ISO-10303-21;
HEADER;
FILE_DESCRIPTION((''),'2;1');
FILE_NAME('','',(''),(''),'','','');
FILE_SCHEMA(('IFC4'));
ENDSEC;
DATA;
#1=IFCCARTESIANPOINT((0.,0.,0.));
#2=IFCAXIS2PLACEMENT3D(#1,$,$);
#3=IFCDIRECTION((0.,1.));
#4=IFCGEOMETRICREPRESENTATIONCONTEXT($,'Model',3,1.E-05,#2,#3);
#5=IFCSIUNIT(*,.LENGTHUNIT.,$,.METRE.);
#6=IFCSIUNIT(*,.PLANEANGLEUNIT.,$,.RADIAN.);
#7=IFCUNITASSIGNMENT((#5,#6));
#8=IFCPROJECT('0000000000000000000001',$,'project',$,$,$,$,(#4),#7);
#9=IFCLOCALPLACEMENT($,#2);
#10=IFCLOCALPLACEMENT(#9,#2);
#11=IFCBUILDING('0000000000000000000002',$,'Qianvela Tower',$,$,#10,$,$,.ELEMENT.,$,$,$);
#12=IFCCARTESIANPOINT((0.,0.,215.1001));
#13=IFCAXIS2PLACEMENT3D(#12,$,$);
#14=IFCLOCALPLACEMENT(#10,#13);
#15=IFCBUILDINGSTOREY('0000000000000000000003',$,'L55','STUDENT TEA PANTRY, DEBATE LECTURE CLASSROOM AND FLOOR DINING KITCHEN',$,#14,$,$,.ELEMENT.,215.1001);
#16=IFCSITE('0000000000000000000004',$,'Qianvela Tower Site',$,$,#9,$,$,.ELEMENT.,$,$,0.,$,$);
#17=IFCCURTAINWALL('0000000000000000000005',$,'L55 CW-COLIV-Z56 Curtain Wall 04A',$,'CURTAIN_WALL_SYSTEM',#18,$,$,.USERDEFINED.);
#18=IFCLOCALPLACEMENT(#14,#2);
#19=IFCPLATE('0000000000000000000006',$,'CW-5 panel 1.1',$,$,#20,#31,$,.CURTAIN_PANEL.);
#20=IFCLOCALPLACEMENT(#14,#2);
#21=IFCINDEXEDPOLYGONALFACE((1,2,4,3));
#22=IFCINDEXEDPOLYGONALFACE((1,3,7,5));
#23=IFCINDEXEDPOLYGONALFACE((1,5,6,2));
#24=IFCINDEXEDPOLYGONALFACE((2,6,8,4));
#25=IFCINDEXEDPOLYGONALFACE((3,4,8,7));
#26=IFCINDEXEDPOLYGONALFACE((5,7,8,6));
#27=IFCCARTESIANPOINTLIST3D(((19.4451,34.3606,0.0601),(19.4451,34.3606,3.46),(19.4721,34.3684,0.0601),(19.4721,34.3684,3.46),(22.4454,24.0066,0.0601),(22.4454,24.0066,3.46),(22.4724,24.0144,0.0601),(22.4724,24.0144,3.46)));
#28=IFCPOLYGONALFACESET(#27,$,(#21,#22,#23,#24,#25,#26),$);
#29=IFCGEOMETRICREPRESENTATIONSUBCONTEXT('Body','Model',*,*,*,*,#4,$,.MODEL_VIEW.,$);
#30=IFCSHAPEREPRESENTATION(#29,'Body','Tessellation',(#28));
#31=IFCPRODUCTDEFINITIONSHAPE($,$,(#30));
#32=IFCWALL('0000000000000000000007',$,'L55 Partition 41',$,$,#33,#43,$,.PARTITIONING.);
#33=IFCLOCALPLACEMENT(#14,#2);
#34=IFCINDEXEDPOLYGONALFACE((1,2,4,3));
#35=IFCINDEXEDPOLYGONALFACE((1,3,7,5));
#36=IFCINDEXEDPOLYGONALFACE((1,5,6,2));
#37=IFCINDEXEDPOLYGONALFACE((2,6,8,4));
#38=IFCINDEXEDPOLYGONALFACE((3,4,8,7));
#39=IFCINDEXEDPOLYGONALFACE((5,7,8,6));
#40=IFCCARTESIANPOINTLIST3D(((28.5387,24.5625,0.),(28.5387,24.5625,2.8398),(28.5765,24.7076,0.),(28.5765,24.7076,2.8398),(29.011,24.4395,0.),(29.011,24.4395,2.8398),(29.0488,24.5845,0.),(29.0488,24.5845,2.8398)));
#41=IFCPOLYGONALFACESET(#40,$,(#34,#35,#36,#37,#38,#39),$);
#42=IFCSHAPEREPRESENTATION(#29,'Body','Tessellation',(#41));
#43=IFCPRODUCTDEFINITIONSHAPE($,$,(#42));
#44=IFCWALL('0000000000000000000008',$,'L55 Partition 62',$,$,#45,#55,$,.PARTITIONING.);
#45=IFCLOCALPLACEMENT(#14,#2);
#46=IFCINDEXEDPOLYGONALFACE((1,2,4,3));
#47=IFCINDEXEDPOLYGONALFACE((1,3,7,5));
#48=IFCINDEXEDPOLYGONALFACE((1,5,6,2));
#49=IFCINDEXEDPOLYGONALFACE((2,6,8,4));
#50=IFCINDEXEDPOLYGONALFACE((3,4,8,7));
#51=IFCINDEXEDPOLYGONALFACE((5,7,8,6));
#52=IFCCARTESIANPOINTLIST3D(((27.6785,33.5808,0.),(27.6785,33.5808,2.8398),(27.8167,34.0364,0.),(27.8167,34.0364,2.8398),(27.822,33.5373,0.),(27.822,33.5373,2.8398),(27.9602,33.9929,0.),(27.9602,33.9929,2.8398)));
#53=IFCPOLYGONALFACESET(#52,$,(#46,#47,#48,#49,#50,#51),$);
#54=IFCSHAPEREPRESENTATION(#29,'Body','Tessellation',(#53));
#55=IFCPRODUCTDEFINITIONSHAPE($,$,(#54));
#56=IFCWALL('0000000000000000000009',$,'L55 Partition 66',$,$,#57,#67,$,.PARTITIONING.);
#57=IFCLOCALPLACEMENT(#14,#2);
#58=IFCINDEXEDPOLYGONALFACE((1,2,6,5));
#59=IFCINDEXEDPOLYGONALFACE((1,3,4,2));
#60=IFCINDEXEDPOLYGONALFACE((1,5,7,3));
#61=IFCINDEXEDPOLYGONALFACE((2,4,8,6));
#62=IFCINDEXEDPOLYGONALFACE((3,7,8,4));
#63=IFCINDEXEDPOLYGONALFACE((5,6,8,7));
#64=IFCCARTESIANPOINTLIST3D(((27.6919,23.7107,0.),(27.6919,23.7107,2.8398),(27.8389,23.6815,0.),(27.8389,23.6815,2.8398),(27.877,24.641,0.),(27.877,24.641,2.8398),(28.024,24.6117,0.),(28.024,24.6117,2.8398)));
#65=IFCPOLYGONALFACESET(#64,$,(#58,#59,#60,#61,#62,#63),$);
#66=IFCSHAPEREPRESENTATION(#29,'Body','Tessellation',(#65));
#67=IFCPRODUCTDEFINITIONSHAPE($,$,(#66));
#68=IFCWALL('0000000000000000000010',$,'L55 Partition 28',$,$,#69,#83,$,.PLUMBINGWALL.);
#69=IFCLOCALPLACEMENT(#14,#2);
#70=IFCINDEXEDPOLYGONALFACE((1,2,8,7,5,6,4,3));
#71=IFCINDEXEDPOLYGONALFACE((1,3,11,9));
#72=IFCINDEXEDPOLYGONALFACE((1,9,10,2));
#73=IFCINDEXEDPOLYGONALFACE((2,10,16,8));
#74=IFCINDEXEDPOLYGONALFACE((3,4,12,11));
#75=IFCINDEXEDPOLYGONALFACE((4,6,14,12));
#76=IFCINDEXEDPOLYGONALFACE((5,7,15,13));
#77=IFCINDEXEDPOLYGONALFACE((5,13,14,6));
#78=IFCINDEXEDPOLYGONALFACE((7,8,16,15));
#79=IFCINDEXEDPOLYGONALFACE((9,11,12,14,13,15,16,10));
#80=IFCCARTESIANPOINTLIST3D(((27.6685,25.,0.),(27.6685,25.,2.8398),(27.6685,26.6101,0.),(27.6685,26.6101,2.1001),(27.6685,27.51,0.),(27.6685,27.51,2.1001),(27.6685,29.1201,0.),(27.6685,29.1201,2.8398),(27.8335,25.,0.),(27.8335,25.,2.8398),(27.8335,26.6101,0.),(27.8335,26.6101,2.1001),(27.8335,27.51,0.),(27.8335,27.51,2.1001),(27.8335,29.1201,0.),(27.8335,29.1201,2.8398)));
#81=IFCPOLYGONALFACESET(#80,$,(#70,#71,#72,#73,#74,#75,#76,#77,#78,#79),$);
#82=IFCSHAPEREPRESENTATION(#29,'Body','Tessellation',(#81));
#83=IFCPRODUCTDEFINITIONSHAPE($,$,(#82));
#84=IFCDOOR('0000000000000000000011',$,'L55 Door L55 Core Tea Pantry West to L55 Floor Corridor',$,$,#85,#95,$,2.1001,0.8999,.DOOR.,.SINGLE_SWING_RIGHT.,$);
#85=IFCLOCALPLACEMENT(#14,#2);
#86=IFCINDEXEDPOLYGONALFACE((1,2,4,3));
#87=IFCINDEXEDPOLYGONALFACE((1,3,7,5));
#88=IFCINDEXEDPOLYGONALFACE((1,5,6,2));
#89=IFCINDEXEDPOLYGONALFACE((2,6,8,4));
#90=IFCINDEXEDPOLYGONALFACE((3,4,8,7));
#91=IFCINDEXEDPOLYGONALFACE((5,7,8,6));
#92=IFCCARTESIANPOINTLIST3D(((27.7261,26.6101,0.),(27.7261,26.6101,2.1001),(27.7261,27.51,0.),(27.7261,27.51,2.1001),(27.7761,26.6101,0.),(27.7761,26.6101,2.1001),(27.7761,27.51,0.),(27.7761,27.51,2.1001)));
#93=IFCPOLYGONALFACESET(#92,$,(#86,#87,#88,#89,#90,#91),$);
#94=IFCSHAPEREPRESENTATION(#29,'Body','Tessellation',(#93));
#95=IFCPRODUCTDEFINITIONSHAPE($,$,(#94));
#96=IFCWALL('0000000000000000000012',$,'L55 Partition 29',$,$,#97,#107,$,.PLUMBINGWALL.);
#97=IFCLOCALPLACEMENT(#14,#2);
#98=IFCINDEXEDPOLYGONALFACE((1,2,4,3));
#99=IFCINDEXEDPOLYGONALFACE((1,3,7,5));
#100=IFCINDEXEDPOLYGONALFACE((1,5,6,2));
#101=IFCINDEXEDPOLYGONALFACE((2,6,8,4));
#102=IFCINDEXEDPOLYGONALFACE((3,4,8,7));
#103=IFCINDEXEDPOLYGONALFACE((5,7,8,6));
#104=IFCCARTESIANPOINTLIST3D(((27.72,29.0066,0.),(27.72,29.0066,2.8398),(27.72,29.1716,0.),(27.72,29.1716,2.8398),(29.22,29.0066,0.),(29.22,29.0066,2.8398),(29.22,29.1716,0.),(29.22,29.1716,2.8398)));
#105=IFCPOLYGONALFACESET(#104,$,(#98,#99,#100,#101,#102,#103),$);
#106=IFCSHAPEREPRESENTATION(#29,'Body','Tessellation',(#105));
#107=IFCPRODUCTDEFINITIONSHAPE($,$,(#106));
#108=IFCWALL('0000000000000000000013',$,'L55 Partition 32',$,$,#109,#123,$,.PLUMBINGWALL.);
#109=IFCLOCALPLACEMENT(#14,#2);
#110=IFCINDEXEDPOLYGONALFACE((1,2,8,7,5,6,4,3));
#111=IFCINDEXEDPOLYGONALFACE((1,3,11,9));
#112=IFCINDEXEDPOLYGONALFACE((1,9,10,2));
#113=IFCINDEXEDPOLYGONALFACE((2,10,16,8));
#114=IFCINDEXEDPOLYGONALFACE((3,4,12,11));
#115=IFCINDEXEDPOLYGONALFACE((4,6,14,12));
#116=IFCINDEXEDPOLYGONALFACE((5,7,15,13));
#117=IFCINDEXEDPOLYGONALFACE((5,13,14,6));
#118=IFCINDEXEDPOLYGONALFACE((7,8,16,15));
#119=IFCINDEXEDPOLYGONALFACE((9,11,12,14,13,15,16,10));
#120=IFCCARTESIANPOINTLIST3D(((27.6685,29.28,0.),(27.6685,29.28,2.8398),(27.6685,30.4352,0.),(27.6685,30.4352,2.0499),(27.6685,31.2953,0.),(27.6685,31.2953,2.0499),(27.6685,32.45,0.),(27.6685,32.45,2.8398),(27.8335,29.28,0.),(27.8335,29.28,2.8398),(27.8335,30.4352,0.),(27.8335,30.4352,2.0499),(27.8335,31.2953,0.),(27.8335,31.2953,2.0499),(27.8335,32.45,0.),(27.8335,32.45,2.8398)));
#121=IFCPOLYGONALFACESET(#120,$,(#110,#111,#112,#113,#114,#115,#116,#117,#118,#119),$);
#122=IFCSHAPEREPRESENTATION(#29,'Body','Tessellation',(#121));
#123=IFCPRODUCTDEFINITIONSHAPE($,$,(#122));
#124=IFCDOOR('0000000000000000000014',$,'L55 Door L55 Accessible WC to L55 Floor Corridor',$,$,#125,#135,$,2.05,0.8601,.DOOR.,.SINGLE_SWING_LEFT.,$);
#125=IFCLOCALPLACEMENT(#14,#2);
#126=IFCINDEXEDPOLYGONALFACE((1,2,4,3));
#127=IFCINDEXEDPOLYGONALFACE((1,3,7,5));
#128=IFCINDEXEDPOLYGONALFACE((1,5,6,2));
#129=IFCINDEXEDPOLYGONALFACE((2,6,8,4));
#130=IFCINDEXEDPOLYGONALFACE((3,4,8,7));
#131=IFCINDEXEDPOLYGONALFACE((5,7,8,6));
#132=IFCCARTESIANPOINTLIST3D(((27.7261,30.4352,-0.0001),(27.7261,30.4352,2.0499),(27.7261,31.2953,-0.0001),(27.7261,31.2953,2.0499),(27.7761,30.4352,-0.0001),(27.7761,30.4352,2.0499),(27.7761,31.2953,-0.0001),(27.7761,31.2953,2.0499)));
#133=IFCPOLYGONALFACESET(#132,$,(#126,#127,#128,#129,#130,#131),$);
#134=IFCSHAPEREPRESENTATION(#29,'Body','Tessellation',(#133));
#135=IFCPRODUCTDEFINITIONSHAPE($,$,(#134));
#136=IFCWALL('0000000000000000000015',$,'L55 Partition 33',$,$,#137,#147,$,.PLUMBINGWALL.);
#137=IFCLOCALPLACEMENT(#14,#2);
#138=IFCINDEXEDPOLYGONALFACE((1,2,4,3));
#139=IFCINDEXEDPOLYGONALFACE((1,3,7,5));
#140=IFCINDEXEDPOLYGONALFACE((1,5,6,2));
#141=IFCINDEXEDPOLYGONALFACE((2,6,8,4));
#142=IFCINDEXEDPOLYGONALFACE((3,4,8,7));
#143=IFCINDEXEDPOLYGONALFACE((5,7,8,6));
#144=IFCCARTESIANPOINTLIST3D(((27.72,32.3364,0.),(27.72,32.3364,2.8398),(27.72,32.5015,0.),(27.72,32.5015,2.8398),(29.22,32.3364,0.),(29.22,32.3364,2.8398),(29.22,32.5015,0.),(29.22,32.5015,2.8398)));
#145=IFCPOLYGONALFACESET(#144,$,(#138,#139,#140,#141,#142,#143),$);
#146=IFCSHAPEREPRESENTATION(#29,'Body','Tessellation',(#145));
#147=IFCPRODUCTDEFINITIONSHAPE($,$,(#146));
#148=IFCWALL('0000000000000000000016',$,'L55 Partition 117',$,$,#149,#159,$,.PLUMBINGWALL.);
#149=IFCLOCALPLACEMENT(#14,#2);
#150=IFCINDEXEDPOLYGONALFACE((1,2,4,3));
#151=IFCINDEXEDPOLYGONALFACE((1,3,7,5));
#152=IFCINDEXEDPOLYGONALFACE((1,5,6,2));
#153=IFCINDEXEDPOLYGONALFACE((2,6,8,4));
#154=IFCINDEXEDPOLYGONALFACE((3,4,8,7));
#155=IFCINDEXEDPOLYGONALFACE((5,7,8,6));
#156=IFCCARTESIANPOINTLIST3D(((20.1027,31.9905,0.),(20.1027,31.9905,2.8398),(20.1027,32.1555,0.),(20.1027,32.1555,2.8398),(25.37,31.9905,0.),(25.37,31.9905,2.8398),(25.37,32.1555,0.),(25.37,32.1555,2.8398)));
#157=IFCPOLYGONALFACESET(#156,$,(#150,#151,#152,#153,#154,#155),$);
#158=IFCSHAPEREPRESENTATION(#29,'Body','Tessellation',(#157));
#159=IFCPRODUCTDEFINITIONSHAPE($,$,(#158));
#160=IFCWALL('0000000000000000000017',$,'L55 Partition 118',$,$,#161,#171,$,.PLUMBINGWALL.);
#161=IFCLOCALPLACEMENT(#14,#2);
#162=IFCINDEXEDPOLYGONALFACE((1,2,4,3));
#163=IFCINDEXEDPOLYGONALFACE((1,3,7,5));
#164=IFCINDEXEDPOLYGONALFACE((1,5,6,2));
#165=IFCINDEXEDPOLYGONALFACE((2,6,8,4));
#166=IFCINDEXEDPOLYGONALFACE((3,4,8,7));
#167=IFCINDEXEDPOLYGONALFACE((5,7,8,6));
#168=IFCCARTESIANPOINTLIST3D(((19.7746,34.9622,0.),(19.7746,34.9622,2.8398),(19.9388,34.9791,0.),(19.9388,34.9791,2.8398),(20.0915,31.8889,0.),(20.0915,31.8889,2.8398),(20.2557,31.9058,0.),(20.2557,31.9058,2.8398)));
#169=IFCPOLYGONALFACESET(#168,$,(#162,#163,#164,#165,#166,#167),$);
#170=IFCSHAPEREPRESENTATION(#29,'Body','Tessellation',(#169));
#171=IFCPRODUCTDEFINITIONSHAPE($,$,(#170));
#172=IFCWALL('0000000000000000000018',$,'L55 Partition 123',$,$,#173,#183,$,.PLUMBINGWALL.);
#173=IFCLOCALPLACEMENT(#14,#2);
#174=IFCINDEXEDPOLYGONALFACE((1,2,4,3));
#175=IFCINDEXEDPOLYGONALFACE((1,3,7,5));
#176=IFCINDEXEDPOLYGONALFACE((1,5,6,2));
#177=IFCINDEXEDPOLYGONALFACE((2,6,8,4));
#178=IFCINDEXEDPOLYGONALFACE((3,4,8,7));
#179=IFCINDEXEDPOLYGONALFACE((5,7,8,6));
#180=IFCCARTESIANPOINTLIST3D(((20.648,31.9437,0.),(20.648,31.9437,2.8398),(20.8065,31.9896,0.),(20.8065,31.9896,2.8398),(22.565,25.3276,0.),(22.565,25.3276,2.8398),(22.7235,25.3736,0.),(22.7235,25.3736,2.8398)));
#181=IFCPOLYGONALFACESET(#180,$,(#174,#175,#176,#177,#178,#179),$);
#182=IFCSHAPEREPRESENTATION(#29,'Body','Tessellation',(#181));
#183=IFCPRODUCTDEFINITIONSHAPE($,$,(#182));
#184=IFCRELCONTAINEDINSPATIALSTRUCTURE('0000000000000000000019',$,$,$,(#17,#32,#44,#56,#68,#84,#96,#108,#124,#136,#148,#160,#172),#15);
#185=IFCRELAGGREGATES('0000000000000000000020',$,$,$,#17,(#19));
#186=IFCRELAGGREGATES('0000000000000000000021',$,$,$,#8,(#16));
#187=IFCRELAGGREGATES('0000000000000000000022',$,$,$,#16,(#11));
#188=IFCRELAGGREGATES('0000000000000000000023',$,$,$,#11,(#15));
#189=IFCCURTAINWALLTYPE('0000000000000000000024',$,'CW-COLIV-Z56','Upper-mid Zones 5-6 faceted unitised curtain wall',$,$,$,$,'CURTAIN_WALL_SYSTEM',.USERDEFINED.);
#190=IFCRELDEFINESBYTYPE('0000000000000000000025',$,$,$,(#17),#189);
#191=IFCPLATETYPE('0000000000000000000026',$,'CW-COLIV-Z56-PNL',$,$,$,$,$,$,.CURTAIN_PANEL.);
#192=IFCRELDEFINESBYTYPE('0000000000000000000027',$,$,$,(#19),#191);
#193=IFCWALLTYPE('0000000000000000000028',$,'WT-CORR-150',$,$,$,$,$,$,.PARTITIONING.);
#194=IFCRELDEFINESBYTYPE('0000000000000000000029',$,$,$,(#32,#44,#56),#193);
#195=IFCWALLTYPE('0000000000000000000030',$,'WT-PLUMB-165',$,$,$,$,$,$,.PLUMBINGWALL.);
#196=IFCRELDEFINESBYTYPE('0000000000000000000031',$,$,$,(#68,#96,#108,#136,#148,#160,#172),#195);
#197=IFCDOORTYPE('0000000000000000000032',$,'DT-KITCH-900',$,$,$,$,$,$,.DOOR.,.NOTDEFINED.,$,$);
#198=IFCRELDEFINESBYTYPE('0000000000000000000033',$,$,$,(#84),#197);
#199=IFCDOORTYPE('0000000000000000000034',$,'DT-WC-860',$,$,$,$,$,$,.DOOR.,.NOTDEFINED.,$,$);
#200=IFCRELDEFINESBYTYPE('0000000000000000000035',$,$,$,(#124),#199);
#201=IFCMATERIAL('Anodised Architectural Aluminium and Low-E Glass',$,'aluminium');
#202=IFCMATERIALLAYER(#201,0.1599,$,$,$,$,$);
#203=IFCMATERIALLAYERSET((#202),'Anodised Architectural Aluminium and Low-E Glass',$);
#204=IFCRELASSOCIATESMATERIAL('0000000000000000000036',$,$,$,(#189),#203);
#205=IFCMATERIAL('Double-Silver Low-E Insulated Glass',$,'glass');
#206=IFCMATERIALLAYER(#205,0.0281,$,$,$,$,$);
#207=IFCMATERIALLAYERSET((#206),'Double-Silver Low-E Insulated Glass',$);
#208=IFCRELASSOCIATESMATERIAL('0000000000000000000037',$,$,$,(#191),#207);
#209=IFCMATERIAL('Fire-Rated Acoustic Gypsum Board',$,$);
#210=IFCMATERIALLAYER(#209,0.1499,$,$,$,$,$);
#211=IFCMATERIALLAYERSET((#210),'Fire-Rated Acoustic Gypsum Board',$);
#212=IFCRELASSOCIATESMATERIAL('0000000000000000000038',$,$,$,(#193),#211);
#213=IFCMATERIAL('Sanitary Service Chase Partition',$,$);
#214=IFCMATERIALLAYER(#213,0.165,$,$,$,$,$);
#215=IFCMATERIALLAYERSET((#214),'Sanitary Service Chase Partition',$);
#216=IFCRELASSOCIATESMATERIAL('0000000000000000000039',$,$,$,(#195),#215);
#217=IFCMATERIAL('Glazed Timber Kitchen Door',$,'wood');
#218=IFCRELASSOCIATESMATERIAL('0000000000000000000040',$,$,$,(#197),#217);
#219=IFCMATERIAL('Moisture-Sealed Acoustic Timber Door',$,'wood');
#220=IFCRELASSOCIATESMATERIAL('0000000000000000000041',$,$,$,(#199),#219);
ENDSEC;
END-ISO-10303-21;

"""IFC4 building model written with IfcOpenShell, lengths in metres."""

from ifc_helpers import new_model, si_unit, direction, frame, frame_2d, origin, origin_2d, place, context, subcontext, project, spatial, rectangle, extrude, material, layer, layer_set, type_object, element, fill, aggregate, save


model = new_model("IFC4")

# Units and contexts
model_context = context("Model", 3, precision=1e-05, world=origin(), true_north=direction((0.0, 1.0)))
body_context = subcontext(model_context, "Body", "Model", "MODEL_VIEW")
ifc_project = project(units=[si_unit("LENGTHUNIT", "METRE"), si_unit("PLANEANGLEUNIT", "RADIAN")], contexts=[model_context])

# Site, building, storey
site_placement = place(None, origin())
site = spatial("IfcSite", under=ifc_project, at=site_placement, Name="Qianvela Tower Site", CompositionType="ELEMENT", RefElevation=0.0)
building_placement = place(site_placement, origin())
building = spatial("IfcBuilding", under=site, at=building_placement, Name="Qianvela Tower", CompositionType="ELEMENT")
storey_placement = place(building_placement, frame((0.0, 0.0, 215.1001)))
storey = spatial("IfcBuildingStorey", under=building, at=storey_placement, Name="L55", Description="STUDENT TEA PANTRY, DEBATE LECTURE CLASSROOM AND FLOOR DINING KITCHEN", CompositionType="ELEMENT", Elevation=215.1001)

# Curtain wall, plate
ifc_material_1 = material(Name="Anodised Architectural Aluminium and Low-E Glass", Category="aluminium")
ifc_layer_1 = layer(ifc_material_1, 0.1599)
ifc_layer_set_1 = layer_set([ifc_layer_1], Name="Anodised Architectural Aluminium and Low-E Glass")
curtain_wall_type = type_object("IfcCurtainWallType", Name="CW-COLIV-Z56", Description="Upper-mid Zones 5-6 faceted unitised curtain wall", ElementType="CURTAIN_WALL_SYSTEM", PredefinedType="USERDEFINED", material=ifc_layer_set_1)
curtain_wall_placement = place(storey_placement, origin())
curtain_wall = element("IfcCurtainWall", 1, at=curtain_wall_placement, inside=storey, type_object=curtain_wall_type, Name="L55 CW-COLIV-Z56 Curtain Wall 04A", ObjectType="CURTAIN_WALL_SYSTEM", PredefinedType="USERDEFINED")
ifc_material_2 = material(Name="Double-Silver Low-E Insulated Glass", Category="glass")
ifc_layer_2 = layer(ifc_material_2, 0.0281)
ifc_layer_set_2 = layer_set([ifc_layer_2], Name="Double-Silver Low-E Insulated Glass")
plate_type = type_object("IfcPlateType", Name="CW-COLIV-Z56-PNL", PredefinedType="CURTAIN_PANEL", material=ifc_layer_set_2)
plate_placement = place(storey_placement, frame((20.9587, 29.1875, 0.0601), z_axis=(0.0, 0.0, 1.0), x_axis=(0.278323, -0.960487, 0.0)))
plate = element("IfcPlate", 2, at=plate_placement, type_object=plate_type, Name="CW-5 panel 1.1", PredefinedType="CURTAIN_PANEL", context=body_context, shape_type="SweptSolid", body=[
    extrude(rectangle(XDim=10.78, YDim=0.0281, at=origin_2d()), origin(), (0.0, 0.0, 1.0), 3.3999),
])
aggregate(curtain_wall, [plate])

# Walls
ifc_material_3 = material(Name="Fire-Rated Acoustic Gypsum Board")
ifc_layer_3 = layer(ifc_material_3, 0.1499)
ifc_layer_set_3 = layer_set([ifc_layer_3], Name="Fire-Rated Acoustic Gypsum Board")
wall_type_1 = type_object("IfcWallType", Name="WT-CORR-150", PredefinedType="PARTITIONING", material=ifc_layer_set_3)
wall_1_placement = place(storey_placement, frame((29.03, 24.512, 0.0), z_axis=(0.0, 0.0, 1.0), x_axis=(-0.967681, 0.252177, 0.0)))
element("IfcWall", 3, at=wall_1_placement, inside=storey, type_object=wall_type_1, Name="L55 Partition 41", PredefinedType="PARTITIONING", context=body_context, shape_type="SweptSolid", body=[
    extrude(rectangle(XDim=0.488, YDim=0.1499, at=frame_2d((0.2441, 0.0))), origin(), (0.0, 0.0, 1.0), 2.8398),
])
wall_2_placement = place(storey_placement, frame((27.8884, 34.0146, 0.0), z_axis=(0.0, 0.0, 1.0), x_axis=(-0.290264, -0.956947, 0.0)))
element("IfcWall", 4, at=wall_2_placement, inside=storey, type_object=wall_type_1, Name="L55 Partition 62", PredefinedType="PARTITIONING", context=body_context, shape_type="SweptSolid", body=[
    extrude(rectangle(XDim=0.4761, YDim=0.1499, at=frame_2d((0.238, 0.0))), origin(), (0.0, 0.0, 1.0), 2.8398),
])
wall_3_placement = place(storey_placement, frame((27.9504, 24.6262, 0.0), z_axis=(0.0, 0.0, 1.0), x_axis=(-0.195126, -0.980778, 0.0)))
element("IfcWall", 5, at=wall_3_placement, inside=storey, type_object=wall_type_1, Name="L55 Partition 66", PredefinedType="PARTITIONING", context=body_context, shape_type="SweptSolid", body=[
    extrude(rectangle(XDim=0.9485, YDim=0.1499, at=frame_2d((0.4741, 0.0))), origin(), (0.0, 0.0, 1.0), 2.8398),
])

# Wall, opening, door
ifc_material_4 = material(Name="Sanitary Service Chase Partition")
ifc_layer_4 = layer(ifc_material_4, 0.165)
ifc_layer_set_4 = layer_set([ifc_layer_4], Name="Sanitary Service Chase Partition")
wall_type_2 = type_object("IfcWallType", Name="WT-PLUMB-165", PredefinedType="PLUMBINGWALL", material=ifc_layer_set_4)
wall_4_placement = place(storey_placement, frame((27.751, 25.0, 0.0), z_axis=(0.0, 0.0, 1.0), x_axis=(0.0, 1.0, 0.0)))
wall_4 = element("IfcWall", 6, at=wall_4_placement, inside=storey, type_object=wall_type_2, Name="L55 Partition 28", PredefinedType="PLUMBINGWALL", context=body_context, shape_type="SweptSolid", body=[
    extrude(rectangle(XDim=4.1201, YDim=0.165, at=frame_2d((2.0601, 0.0))), origin(), (0.0, 0.0, 1.0), 2.8398),
])
opening_1_placement = place(wall_4_placement, frame((1.6101, 0.0, 0.0)))
opening_1 = element("IfcOpeningElement", 7, at=opening_1_placement, cuts=wall_4, PredefinedType="OPENING", context=body_context, shape_type="SweptSolid", body=[
    extrude(rectangle(XDim=0.8999, YDim=2.1001, at=frame_2d((0.45, 1.05))), frame((0.0, 0.0925, 0.0), z_axis=(0.0, -1.0, 0.0), x_axis=(1.0, 0.0, 0.0)), (0.0, 0.0, 1.0), 0.1851),
])
ifc_material_5 = material(Name="Glazed Timber Kitchen Door", Category="wood")
door_type_1 = type_object("IfcDoorType", Name="DT-KITCH-900", OperationType="NOTDEFINED", PredefinedType="DOOR", material=ifc_material_5)
door_1_placement = place(opening_1_placement, origin())
door_1 = element("IfcDoor", 8, at=door_1_placement, inside=storey, type_object=door_type_1, Name="L55 Door L55 Core Tea Pantry West to L55 Floor Corridor", OperationType="SINGLE_SWING_RIGHT", OverallHeight=2.1001, OverallWidth=0.8999, PredefinedType="DOOR", context=body_context, shape_type="SweptSolid", body=[
    extrude(rectangle(XDim=0.8999, YDim=2.1001, at=frame_2d((0.45, 1.05))), frame((0.0, 0.0249, 0.0), z_axis=(0.0, -1.0, 0.0), x_axis=(1.0, 0.0, 0.0)), (0.0, 0.0, 1.0), 0.05),
])
fill(opening_1, door_1)

# Wall
wall_5_placement = place(storey_placement, frame((27.72, 29.0891, 0.0), z_axis=(0.0, 0.0, 1.0), x_axis=(1.0, 0.0, 0.0)))
element("IfcWall", 9, at=wall_5_placement, inside=storey, type_object=wall_type_2, Name="L55 Partition 29", PredefinedType="PLUMBINGWALL", context=body_context, shape_type="SweptSolid", body=[
    extrude(rectangle(XDim=1.5, YDim=0.165, at=frame_2d((0.75, 0.0))), origin(), (0.0, 0.0, 1.0), 2.8398),
])

# Wall, opening, door
wall_6_placement = place(storey_placement, frame((27.751, 29.28, 0.0), z_axis=(0.0, 0.0, 1.0), x_axis=(0.0, 1.0, 0.0)))
wall_6 = element("IfcWall", 10, at=wall_6_placement, inside=storey, type_object=wall_type_2, Name="L55 Partition 32", PredefinedType="PLUMBINGWALL", context=body_context, shape_type="SweptSolid", body=[
    extrude(rectangle(XDim=3.1699, YDim=0.165, at=frame_2d((1.585, 0.0))), origin(), (0.0, 0.0, 1.0), 2.8398),
])
opening_2_placement = place(wall_6_placement, frame((1.155, 0.0, 0.0)))
opening_2 = element("IfcOpeningElement", 11, at=opening_2_placement, cuts=wall_6, PredefinedType="OPENING", context=body_context, shape_type="SweptSolid", body=[
    extrude(rectangle(XDim=0.8601, YDim=2.05, at=frame_2d((0.4302, 1.0249))), frame((0.0, 0.0925, 0.0), z_axis=(0.0, -1.0, 0.0), x_axis=(1.0, 0.0, 0.0)), (0.0, 0.0, 1.0), 0.1851),
])
ifc_material_6 = material(Name="Moisture-Sealed Acoustic Timber Door", Category="wood")
door_type_2 = type_object("IfcDoorType", Name="DT-WC-860", OperationType="NOTDEFINED", PredefinedType="DOOR", material=ifc_material_6)
door_2_placement = place(opening_2_placement, origin())
door_2 = element("IfcDoor", 12, at=door_2_placement, inside=storey, type_object=door_type_2, Name="L55 Door L55 Accessible WC to L55 Floor Corridor", OperationType="SINGLE_SWING_LEFT", OverallHeight=2.05, OverallWidth=0.8601, PredefinedType="DOOR", context=body_context, shape_type="SweptSolid", body=[
    extrude(rectangle(XDim=0.8601, YDim=2.05, at=frame_2d((0.4302, 1.0249))), frame((0.0, 0.0249, 0.0), z_axis=(0.0, -1.0, 0.0), x_axis=(1.0, 0.0, 0.0)), (0.0, 0.0, 1.0), 0.05),
])
fill(opening_2, door_2)

# Walls
wall_7_placement = place(storey_placement, frame((27.72, 32.4189, 0.0), z_axis=(0.0, 0.0, 1.0), x_axis=(1.0, 0.0, 0.0)))
element("IfcWall", 13, at=wall_7_placement, inside=storey, type_object=wall_type_2, Name="L55 Partition 33", PredefinedType="PLUMBINGWALL", context=body_context, shape_type="SweptSolid", body=[
    extrude(rectangle(XDim=1.5, YDim=0.165, at=frame_2d((0.75, 0.0))), origin(), (0.0, 0.0, 1.0), 2.8398),
])
wall_8_placement = place(storey_placement, frame((25.3701, 32.073, 0.0), z_axis=(0.0, 0.0, 1.0), x_axis=(-1.0, 0.0, 0.0)))
element("IfcWall", 14, at=wall_8_placement, inside=storey, type_object=wall_type_2, Name="L55 Partition 117", PredefinedType="PLUMBINGWALL", context=body_context, shape_type="SweptSolid", body=[
    extrude(rectangle(XDim=5.2673, YDim=0.165, at=frame_2d((2.6338, 0.0))), origin(), (0.0, 0.0, 1.0), 2.8398),
])
wall_9_placement = place(storey_placement, frame((20.1736, 31.8972, 0.0), z_axis=(0.0, 0.0, 1.0), x_axis=(-0.10257, 0.994726, 0.0)))
element("IfcWall", 15, at=wall_9_placement, inside=storey, type_object=wall_type_2, Name="L55 Partition 118", PredefinedType="PLUMBINGWALL", context=body_context, shape_type="SweptSolid", body=[
    extrude(rectangle(XDim=3.0896, YDim=0.165, at=frame_2d((1.5449, 0.0))), origin(), (0.0, 0.0, 1.0), 2.8398),
])
wall_10_placement = place(storey_placement, frame((22.6443, 25.3506, 0.0), z_axis=(0.0, 0.0, 1.0), x_axis=(-0.278305, 0.960493, 0.0)))
element("IfcWall", 16, at=wall_10_placement, inside=storey, type_object=wall_type_2, Name="L55 Partition 123", PredefinedType="PLUMBINGWALL", context=body_context, shape_type="SweptSolid", body=[
    extrude(rectangle(XDim=6.8882, YDim=0.165, at=frame_2d((3.4441, 0.0))), origin(), (0.0, 0.0, 1.0), 2.8398),
])

save(model, "model.ifc")
